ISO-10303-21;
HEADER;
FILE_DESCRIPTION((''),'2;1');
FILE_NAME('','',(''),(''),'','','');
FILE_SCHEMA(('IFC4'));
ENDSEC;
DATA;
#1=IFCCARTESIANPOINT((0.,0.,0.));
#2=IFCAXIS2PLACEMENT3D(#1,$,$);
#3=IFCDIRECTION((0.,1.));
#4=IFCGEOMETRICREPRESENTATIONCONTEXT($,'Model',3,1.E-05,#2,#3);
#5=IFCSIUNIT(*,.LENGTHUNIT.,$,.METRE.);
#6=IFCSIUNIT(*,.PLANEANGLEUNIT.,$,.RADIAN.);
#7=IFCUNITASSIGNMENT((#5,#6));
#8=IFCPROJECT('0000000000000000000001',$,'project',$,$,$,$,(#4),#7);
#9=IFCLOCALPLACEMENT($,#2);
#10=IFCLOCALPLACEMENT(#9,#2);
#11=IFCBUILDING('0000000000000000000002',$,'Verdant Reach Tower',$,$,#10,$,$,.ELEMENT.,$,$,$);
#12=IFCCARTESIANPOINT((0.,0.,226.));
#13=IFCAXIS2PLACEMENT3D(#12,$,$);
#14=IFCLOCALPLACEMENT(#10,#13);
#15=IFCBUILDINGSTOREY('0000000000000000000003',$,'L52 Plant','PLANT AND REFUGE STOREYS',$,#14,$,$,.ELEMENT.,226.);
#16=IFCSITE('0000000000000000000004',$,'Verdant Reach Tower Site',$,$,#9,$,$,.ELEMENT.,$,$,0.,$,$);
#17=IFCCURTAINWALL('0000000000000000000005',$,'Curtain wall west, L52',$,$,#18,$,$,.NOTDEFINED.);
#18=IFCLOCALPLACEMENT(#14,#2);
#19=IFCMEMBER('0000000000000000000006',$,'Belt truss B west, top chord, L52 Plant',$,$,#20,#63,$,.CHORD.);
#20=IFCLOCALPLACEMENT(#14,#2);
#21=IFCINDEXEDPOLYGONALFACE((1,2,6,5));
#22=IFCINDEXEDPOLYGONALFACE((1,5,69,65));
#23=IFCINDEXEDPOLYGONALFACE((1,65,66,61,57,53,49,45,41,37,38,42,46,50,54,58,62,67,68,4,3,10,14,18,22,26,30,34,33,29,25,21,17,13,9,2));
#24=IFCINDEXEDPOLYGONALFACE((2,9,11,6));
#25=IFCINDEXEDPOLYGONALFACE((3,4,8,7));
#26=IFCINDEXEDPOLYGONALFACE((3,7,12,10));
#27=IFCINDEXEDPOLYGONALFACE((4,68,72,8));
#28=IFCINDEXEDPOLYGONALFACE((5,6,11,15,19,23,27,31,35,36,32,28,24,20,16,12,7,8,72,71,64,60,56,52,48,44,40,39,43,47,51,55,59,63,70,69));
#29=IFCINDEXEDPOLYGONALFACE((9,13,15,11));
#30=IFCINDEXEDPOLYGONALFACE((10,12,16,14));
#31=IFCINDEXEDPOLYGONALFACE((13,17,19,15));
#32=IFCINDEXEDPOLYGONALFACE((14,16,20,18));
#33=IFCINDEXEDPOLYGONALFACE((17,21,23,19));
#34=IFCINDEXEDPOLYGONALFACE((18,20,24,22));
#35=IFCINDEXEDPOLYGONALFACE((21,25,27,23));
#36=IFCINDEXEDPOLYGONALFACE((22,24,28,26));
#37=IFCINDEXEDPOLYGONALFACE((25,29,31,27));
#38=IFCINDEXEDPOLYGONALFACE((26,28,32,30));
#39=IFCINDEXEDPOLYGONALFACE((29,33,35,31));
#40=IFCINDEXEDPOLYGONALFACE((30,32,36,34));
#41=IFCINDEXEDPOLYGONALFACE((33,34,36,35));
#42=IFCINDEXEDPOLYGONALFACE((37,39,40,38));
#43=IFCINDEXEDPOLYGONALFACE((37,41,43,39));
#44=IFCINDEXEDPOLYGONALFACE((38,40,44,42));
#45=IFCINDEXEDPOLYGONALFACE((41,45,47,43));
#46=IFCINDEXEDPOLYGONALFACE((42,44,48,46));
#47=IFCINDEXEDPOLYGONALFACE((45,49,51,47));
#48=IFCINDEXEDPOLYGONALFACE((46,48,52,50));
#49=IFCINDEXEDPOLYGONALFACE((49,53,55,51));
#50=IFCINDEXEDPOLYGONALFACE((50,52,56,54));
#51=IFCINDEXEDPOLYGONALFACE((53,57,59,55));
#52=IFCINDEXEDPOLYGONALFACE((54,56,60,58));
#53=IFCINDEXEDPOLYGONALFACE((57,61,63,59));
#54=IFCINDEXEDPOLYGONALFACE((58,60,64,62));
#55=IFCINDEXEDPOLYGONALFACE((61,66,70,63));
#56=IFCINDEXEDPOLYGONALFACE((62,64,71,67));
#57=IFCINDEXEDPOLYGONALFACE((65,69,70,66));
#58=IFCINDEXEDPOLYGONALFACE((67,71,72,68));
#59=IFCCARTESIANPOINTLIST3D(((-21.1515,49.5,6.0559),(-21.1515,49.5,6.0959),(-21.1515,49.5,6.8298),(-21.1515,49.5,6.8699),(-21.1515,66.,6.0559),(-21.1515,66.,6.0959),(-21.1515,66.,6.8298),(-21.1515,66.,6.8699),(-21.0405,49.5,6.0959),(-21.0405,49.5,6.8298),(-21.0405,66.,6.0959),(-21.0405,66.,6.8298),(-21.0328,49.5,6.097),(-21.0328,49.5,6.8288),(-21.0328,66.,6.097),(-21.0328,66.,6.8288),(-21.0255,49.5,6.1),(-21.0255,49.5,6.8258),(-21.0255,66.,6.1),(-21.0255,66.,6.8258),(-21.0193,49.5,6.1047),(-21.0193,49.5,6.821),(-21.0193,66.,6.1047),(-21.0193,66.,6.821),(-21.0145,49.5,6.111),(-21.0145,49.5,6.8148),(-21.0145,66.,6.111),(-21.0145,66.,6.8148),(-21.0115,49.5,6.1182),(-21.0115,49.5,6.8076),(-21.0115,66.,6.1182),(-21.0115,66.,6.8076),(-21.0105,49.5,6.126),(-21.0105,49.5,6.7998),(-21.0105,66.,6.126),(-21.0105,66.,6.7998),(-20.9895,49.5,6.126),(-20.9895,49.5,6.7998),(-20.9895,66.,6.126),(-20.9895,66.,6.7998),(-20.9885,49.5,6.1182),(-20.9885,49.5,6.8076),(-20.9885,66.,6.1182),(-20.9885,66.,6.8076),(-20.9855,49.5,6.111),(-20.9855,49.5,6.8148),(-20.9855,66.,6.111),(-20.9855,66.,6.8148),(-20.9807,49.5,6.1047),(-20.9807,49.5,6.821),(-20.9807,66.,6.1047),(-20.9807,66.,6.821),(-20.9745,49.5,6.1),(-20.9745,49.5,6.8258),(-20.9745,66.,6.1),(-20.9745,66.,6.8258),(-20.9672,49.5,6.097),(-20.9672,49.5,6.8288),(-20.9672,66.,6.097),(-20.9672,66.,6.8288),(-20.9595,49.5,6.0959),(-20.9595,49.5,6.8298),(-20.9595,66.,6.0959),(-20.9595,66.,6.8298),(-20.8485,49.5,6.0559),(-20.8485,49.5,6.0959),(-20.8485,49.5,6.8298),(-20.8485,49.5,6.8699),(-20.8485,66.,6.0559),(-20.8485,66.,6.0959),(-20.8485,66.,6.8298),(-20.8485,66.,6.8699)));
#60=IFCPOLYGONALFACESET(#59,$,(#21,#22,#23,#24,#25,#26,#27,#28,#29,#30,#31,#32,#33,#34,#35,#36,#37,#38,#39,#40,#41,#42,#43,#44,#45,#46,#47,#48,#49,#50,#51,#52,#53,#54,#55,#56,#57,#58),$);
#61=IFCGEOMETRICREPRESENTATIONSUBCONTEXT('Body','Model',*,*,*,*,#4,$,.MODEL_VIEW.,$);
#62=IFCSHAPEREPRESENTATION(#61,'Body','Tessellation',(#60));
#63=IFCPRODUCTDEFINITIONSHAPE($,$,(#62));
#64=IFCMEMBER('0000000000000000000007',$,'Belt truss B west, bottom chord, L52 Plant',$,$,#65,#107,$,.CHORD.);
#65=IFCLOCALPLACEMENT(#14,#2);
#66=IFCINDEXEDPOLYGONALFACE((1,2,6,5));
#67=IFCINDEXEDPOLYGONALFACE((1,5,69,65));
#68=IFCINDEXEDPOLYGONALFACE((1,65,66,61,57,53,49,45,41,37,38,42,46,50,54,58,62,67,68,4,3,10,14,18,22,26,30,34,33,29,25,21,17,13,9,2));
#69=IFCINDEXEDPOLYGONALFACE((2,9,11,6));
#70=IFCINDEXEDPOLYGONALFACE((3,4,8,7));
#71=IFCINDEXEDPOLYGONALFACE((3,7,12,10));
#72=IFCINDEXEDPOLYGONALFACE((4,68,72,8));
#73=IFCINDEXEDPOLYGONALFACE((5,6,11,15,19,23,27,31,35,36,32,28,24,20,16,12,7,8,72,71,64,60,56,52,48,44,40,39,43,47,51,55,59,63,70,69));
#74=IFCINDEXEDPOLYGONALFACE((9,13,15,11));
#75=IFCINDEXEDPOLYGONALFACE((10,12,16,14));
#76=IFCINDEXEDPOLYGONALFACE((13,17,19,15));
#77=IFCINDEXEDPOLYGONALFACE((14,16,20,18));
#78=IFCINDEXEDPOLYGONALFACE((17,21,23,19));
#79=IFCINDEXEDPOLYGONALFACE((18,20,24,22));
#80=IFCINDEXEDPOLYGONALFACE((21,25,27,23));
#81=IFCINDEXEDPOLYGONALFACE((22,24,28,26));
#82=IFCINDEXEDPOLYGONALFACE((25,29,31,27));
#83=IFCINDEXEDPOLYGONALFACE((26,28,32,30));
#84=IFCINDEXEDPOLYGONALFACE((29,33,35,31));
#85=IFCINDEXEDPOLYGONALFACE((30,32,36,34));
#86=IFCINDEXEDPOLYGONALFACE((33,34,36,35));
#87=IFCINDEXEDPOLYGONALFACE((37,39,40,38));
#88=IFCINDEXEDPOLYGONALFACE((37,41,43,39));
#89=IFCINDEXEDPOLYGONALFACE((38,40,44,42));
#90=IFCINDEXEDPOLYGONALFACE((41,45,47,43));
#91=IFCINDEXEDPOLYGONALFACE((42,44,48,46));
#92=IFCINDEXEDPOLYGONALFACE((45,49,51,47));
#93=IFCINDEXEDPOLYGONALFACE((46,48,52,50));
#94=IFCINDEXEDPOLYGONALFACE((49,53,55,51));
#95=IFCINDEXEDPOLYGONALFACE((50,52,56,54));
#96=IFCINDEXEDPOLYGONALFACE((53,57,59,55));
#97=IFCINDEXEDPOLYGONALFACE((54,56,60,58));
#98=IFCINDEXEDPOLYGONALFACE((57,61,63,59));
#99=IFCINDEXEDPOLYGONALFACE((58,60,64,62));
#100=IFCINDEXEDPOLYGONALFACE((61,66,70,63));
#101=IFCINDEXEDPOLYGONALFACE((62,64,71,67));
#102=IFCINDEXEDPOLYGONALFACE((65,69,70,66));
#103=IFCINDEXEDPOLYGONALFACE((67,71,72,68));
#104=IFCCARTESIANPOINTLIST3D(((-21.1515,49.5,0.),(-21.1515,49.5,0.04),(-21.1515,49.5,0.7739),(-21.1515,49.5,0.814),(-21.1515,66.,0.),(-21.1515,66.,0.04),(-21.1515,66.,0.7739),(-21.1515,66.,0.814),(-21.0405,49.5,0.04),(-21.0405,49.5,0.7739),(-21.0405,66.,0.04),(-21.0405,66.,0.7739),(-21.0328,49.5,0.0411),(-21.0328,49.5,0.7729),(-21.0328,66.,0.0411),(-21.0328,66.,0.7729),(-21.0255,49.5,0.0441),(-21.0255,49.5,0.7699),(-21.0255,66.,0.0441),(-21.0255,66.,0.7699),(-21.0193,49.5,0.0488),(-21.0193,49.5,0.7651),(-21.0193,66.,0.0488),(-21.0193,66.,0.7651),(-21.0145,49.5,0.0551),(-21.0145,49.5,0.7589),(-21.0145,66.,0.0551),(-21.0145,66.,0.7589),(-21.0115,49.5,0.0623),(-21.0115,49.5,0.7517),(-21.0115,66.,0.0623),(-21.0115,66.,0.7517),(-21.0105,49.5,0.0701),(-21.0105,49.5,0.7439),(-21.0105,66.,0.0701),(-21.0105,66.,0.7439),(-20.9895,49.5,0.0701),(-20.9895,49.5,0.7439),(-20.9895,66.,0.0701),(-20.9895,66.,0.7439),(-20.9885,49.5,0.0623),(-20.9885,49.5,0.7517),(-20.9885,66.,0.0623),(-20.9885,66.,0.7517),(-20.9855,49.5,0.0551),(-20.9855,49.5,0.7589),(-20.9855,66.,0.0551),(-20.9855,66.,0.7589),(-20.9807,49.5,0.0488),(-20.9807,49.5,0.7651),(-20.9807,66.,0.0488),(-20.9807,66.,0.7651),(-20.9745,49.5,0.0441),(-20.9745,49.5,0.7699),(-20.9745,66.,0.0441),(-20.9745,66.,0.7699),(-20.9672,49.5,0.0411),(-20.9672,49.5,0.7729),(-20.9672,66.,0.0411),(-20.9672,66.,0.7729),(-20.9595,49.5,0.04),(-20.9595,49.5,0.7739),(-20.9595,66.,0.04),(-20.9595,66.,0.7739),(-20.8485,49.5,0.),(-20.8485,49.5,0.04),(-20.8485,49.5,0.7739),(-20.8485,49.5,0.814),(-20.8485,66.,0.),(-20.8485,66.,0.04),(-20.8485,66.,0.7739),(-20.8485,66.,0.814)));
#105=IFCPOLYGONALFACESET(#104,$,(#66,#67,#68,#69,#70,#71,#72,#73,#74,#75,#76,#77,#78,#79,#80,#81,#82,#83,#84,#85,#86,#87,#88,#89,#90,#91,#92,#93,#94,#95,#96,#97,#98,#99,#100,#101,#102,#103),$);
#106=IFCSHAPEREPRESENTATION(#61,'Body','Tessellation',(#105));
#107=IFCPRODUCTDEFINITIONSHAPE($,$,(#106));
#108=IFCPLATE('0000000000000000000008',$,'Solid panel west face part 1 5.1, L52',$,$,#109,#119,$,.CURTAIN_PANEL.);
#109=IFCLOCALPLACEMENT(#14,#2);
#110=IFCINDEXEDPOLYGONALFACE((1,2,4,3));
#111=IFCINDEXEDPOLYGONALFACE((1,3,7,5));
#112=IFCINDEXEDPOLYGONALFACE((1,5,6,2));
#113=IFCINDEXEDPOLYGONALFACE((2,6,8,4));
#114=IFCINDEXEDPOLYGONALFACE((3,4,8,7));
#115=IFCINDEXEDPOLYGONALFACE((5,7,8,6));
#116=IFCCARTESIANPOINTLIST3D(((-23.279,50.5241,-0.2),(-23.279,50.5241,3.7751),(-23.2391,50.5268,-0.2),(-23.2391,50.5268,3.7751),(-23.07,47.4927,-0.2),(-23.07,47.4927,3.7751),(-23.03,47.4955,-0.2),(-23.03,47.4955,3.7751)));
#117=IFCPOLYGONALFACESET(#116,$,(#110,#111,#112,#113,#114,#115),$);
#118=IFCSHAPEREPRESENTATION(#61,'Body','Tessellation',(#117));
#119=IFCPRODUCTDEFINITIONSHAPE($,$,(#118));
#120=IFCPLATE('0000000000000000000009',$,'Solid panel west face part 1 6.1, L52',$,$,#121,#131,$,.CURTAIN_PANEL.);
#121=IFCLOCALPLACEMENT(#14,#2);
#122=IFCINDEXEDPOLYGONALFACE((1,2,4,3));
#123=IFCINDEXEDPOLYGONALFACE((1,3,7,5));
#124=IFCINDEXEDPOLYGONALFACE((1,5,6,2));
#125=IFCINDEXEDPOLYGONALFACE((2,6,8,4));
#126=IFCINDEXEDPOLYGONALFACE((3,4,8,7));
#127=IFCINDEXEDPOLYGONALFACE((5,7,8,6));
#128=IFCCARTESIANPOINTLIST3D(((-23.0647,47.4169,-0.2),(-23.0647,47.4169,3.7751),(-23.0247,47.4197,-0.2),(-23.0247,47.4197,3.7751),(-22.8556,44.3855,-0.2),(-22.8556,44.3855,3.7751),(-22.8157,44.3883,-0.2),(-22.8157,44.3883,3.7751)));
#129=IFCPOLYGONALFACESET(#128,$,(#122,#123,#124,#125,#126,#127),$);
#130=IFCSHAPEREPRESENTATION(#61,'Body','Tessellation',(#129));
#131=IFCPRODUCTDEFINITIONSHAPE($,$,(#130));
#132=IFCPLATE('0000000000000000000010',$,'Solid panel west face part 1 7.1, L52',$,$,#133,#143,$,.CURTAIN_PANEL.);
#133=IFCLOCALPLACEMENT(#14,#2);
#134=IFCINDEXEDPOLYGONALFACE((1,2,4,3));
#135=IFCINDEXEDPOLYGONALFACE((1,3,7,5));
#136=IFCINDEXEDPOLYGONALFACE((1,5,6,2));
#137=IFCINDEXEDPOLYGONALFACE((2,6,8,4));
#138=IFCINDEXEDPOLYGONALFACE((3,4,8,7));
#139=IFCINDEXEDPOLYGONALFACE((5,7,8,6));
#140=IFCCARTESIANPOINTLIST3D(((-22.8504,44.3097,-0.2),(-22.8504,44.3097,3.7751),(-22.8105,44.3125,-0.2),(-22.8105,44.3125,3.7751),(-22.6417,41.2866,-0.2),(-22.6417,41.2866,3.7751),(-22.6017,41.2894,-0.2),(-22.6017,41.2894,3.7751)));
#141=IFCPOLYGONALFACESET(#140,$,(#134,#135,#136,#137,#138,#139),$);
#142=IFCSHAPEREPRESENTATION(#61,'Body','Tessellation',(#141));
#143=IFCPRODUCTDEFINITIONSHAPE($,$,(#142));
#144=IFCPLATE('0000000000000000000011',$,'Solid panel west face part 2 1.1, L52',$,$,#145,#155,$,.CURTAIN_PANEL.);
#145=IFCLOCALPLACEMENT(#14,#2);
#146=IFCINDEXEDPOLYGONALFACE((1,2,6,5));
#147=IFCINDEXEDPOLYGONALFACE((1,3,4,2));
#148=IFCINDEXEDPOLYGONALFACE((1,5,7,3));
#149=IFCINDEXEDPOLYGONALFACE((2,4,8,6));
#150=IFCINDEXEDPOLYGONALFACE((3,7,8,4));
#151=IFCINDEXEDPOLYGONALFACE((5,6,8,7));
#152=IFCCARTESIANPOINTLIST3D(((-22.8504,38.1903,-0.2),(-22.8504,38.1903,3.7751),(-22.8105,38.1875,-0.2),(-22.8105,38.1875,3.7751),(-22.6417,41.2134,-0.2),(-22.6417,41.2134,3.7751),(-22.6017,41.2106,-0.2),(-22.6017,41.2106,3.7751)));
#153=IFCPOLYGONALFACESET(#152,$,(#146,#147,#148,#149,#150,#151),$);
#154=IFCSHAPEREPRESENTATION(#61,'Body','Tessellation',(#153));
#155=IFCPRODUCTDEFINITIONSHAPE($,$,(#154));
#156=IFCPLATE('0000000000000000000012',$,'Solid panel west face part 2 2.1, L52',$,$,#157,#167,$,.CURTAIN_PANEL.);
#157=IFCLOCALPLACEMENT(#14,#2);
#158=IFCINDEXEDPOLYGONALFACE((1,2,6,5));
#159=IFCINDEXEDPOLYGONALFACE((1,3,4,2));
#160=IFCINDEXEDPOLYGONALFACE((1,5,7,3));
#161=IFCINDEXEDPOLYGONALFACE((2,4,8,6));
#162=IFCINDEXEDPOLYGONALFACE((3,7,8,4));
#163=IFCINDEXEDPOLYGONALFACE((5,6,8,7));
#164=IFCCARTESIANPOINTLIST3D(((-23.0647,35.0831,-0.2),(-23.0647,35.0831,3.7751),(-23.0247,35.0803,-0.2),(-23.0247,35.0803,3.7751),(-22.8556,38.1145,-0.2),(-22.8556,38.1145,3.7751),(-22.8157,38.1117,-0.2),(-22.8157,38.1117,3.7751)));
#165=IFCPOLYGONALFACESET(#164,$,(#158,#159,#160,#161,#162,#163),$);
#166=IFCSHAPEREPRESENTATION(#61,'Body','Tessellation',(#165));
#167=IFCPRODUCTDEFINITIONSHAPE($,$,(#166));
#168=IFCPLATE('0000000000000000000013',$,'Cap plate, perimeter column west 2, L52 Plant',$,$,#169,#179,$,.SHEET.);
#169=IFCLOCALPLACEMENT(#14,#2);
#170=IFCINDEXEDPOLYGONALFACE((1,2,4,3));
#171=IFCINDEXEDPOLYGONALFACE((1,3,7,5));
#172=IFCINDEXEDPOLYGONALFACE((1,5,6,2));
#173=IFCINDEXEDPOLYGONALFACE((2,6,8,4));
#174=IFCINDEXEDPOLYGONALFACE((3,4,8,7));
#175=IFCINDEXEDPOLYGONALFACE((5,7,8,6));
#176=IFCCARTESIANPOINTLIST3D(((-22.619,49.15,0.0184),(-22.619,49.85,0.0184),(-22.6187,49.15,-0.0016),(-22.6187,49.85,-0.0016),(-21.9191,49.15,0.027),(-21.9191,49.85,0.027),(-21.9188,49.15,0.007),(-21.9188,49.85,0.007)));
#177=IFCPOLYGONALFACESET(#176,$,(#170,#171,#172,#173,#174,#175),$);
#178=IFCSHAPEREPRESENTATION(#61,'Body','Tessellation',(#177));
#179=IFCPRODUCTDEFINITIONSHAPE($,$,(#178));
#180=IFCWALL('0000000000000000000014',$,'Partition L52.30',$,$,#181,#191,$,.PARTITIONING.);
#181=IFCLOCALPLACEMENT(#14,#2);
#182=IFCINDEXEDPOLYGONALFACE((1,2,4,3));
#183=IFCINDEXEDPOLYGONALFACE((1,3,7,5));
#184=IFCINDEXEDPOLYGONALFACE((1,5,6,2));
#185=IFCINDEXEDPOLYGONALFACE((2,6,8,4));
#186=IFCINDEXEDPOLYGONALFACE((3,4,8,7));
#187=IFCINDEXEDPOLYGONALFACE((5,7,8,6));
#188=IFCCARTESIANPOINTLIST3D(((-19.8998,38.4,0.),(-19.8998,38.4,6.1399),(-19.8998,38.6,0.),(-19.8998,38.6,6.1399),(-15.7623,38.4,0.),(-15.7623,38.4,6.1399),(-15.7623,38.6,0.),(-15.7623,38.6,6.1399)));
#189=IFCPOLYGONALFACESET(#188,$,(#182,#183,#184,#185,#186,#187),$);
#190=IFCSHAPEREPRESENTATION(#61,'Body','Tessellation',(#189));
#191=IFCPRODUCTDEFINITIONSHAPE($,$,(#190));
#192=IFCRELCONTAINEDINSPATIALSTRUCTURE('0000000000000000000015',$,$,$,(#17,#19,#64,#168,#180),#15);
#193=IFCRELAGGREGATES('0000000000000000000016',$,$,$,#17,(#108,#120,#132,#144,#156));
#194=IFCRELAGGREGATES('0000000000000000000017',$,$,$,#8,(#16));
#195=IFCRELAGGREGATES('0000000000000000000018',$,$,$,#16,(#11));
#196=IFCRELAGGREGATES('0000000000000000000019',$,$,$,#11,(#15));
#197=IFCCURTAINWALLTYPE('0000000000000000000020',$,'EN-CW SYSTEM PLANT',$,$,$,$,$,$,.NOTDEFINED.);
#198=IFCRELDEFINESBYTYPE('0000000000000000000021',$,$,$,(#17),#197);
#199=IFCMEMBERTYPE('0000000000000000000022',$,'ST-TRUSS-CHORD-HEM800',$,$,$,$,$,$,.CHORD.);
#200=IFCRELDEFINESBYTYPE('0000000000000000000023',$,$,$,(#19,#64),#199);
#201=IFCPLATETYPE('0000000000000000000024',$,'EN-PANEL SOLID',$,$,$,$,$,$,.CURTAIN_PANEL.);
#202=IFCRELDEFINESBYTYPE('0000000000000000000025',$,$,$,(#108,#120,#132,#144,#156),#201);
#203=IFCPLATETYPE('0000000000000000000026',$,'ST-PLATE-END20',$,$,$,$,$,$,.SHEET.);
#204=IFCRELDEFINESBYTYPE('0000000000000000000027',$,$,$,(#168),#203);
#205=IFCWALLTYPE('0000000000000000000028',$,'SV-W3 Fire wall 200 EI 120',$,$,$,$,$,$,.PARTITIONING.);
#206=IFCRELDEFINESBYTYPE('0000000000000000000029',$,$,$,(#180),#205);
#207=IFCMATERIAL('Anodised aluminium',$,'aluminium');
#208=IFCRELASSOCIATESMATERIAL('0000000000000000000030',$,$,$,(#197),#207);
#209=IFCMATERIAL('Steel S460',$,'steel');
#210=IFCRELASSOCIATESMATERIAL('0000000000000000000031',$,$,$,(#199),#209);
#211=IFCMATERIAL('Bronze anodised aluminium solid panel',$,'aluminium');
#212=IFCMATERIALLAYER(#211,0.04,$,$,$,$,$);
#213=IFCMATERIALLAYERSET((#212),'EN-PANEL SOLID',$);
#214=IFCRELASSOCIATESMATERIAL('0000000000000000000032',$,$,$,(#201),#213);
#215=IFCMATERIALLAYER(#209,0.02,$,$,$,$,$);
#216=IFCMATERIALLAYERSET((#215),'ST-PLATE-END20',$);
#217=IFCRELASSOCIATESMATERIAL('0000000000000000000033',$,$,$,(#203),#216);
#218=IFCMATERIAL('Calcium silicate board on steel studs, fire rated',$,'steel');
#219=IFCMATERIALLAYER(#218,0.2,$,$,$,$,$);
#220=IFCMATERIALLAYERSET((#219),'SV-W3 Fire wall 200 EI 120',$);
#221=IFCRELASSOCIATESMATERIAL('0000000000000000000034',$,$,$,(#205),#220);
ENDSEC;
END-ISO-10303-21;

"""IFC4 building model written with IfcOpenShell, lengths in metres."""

from ifc_helpers import new_model, si_unit, direction, frame, frame_2d, origin, origin_2d, place, context, subcontext, project, spatial, rectangle, i_section, extrude, material, layer, layer_set, material_profile, profile_set, type_object, element, aggregate, save


model = new_model("IFC4")

# Units and contexts
model_context = context("Model", 3, precision=1e-05, world=origin(), true_north=direction((0.0, 1.0)))
body_context = subcontext(model_context, "Body", "Model", "MODEL_VIEW")
ifc_project = project(units=[si_unit("LENGTHUNIT", "METRE"), si_unit("PLANEANGLEUNIT", "RADIAN")], contexts=[model_context])

# Site, building, storey
site_placement = place(None, origin())
site = spatial("IfcSite", under=ifc_project, at=site_placement, Name="Verdant Reach Tower Site", CompositionType="ELEMENT", RefElevation=0.0)
building_placement = place(site_placement, origin())
building = spatial("IfcBuilding", under=site, at=building_placement, Name="Verdant Reach Tower", CompositionType="ELEMENT")
storey_placement = place(building_placement, frame((0.0, 0.0, 226.0)))
storey = spatial("IfcBuildingStorey", under=building, at=storey_placement, Name="L52 Plant", Description="PLANT AND REFUGE STOREYS", CompositionType="ELEMENT", Elevation=226.0)

# Shared definitions
ifc_material_1 = material(Name="Steel S460", Category="steel")

# Curtain wall
ifc_material_2 = material(Name="Anodised aluminium", Category="aluminium")
curtain_wall_type = type_object("IfcCurtainWallType", Name="EN-CW SYSTEM PLANT", PredefinedType="NOTDEFINED", material=ifc_material_2)
curtain_wall_placement = place(storey_placement, origin())
curtain_wall = element("IfcCurtainWall", 1, at=curtain_wall_placement, inside=storey, type_object=curtain_wall_type, Name="Curtain wall west, L52", PredefinedType="NOTDEFINED")

# Members
ifc_material_profile_1 = material_profile(ifc_material_1, i_section(OverallWidth=0.303, OverallDepth=0.814, WebThickness=0.021, FlangeThickness=0.04, FilletRadius=0.03, at=origin_2d()), Name="HEM 800")
ifc_profile_set_1 = profile_set([ifc_material_profile_1], Name="Steel S460")
member_type_1 = type_object("IfcMemberType", Name="ST-TRUSS-CHORD-HEM800", PredefinedType="CHORD", material=ifc_profile_set_1)
for number, where, z_axis, x_axis, name in (
    (2, (-21.0, 49.5, 6.4629), (0.0, 1.0, 0.0), (-1.0, 0.0, 0.0), "Belt truss B west, top chord, L52 Plant"),
    (3, (-21.0, 49.5, 0.407), (0.0, 1.0, 0.0), (-1.0, 0.0, 0.0), "Belt truss B west, bottom chord, L52 Plant"),
):
    element("IfcMember", number, at=place(storey_placement, frame(where, z_axis=z_axis, x_axis=x_axis)), inside=storey, type_object=member_type_1, Name=name, PredefinedType="CHORD", context=body_context, shape_type="SweptSolid", body=[
        extrude(i_section(OverallWidth=0.303, OverallDepth=0.814, WebThickness=0.021, FlangeThickness=0.04, FilletRadius=0.03, at=origin_2d()), origin(), (0.0, 0.0, 1.0), 16.5),
    ])

# Plates
ifc_material_3 = material(Name="Bronze anodised aluminium solid panel", Category="aluminium")
ifc_layer_1 = layer(ifc_material_3, 0.04)
ifc_layer_set_1 = layer_set([ifc_layer_1], Name="EN-PANEL SOLID")
plate_type_1 = type_object("IfcPlateType", Name="EN-PANEL SOLID", PredefinedType="CURTAIN_PANEL", material=ifc_layer_set_1)
plate_1_placement = place(storey_placement, frame((-23.1545, 49.0098, -0.2), z_axis=(0.0, 0.0, 1.0), x_axis=(0.068802, -0.99763, 0.0)))
plate_1 = element("IfcPlate", 4, at=plate_1_placement, type_object=plate_type_1, Name="Solid panel west face part 1 5.1, L52", PredefinedType="CURTAIN_PANEL", context=body_context, shape_type="SweptSolid", body=[
    extrude(rectangle(XDim=3.0386, YDim=0.04, at=origin_2d()), origin(), (0.0, 0.0, 1.0), 3.9751),
])
plate_2_placement = place(storey_placement, frame((-22.9402, 45.9026, -0.2), z_axis=(0.0, 0.0, 1.0), x_axis=(0.068802, -0.99763, 0.0)))
plate_2 = element("IfcPlate", 5, at=plate_2_placement, type_object=plate_type_1, Name="Solid panel west face part 1 6.1, L52", PredefinedType="CURTAIN_PANEL", context=body_context, shape_type="SweptSolid", body=[
    extrude(rectangle(XDim=3.0386, YDim=0.04, at=origin_2d()), origin(), (0.0, 0.0, 1.0), 3.9751),
])
plate_3_placement = place(storey_placement, frame((-22.7261, 42.7996, -0.2), z_axis=(0.0, 0.0, 1.0), x_axis=(0.068893, -0.997624, 0.0)))
plate_3 = element("IfcPlate", 6, at=plate_3_placement, type_object=plate_type_1, Name="Solid panel west face part 1 7.1, L52", PredefinedType="CURTAIN_PANEL", context=body_context, shape_type="SweptSolid", body=[
    extrude(rectangle(XDim=3.0303, YDim=0.04, at=origin_2d()), origin(), (0.0, 0.0, 1.0), 3.9751),
])
plate_4_placement = place(storey_placement, frame((-22.7261, 39.7004, -0.2), z_axis=(0.0, 0.0, 1.0), x_axis=(-0.068893, -0.997624, 0.0)))
plate_4 = element("IfcPlate", 7, at=plate_4_placement, type_object=plate_type_1, Name="Solid panel west face part 2 1.1, L52", PredefinedType="CURTAIN_PANEL", context=body_context, shape_type="SweptSolid", body=[
    extrude(rectangle(XDim=3.0303, YDim=0.04, at=origin_2d()), origin(), (0.0, 0.0, 1.0), 3.9751),
])
plate_5_placement = place(storey_placement, frame((-22.9402, 36.5974, -0.2), z_axis=(0.0, 0.0, 1.0), x_axis=(-0.068802, -0.99763, 0.0)))
plate_5 = element("IfcPlate", 8, at=plate_5_placement, type_object=plate_type_1, Name="Solid panel west face part 2 2.1, L52", PredefinedType="CURTAIN_PANEL", context=body_context, shape_type="SweptSolid", body=[
    extrude(rectangle(XDim=3.0386, YDim=0.04, at=origin_2d()), origin(), (0.0, 0.0, 1.0), 3.9751),
])
ifc_layer_2 = layer(ifc_material_1, 0.02)
ifc_layer_set_2 = layer_set([ifc_layer_2], Name="ST-PLATE-END20")
plate_type_2 = type_object("IfcPlateType", Name="ST-PLATE-END20", PredefinedType="SHEET", material=ifc_layer_set_2)
plate_6_placement = place(storey_placement, frame((-22.2688, 49.5, 0.0027), z_axis=(-0.012194, 0.0, 0.999926), x_axis=(0.0, -1.0, 0.0)))
element("IfcPlate", 9, at=plate_6_placement, inside=storey, type_object=plate_type_2, Name="Cap plate, perimeter column west 2, L52 Plant", PredefinedType="SHEET", context=body_context, shape_type="SweptSolid", body=[
    extrude(rectangle(XDim=0.7, YDim=0.7, at=origin_2d()), origin(), (0.0, 0.0, 1.0), 0.02),
])

# Wall
ifc_material_4 = material(Name="Calcium silicate board on steel studs, fire rated", Category="steel")
ifc_layer_3 = layer(ifc_material_4, 0.2)
ifc_layer_set_3 = layer_set([ifc_layer_3], Name="SV-W3 Fire wall 200 EI 120")
wall_type = type_object("IfcWallType", Name="SV-W3 Fire wall 200 EI 120", PredefinedType="PARTITIONING", material=ifc_layer_set_3)
wall_1_placement = place(storey_placement, frame((-19.8999, 38.5, 0.0), z_axis=(0.0, 0.0, 1.0), x_axis=(1.0, 0.0, 0.0)))
element("IfcWall", 10, at=wall_1_placement, inside=storey, type_object=wall_type, Name="Partition L52.30", PredefinedType="PARTITIONING", context=body_context, shape_type="SweptSolid", body=[
    extrude(rectangle(XDim=4.1375, YDim=0.2, at=frame_2d((2.0688, 0.0))), origin(), (0.0, 0.0, 1.0), 6.1399),
])

aggregate(curtain_wall, [plate_1, plate_2, plate_3, plate_4, plate_5])

save(model, "model.ifc")
